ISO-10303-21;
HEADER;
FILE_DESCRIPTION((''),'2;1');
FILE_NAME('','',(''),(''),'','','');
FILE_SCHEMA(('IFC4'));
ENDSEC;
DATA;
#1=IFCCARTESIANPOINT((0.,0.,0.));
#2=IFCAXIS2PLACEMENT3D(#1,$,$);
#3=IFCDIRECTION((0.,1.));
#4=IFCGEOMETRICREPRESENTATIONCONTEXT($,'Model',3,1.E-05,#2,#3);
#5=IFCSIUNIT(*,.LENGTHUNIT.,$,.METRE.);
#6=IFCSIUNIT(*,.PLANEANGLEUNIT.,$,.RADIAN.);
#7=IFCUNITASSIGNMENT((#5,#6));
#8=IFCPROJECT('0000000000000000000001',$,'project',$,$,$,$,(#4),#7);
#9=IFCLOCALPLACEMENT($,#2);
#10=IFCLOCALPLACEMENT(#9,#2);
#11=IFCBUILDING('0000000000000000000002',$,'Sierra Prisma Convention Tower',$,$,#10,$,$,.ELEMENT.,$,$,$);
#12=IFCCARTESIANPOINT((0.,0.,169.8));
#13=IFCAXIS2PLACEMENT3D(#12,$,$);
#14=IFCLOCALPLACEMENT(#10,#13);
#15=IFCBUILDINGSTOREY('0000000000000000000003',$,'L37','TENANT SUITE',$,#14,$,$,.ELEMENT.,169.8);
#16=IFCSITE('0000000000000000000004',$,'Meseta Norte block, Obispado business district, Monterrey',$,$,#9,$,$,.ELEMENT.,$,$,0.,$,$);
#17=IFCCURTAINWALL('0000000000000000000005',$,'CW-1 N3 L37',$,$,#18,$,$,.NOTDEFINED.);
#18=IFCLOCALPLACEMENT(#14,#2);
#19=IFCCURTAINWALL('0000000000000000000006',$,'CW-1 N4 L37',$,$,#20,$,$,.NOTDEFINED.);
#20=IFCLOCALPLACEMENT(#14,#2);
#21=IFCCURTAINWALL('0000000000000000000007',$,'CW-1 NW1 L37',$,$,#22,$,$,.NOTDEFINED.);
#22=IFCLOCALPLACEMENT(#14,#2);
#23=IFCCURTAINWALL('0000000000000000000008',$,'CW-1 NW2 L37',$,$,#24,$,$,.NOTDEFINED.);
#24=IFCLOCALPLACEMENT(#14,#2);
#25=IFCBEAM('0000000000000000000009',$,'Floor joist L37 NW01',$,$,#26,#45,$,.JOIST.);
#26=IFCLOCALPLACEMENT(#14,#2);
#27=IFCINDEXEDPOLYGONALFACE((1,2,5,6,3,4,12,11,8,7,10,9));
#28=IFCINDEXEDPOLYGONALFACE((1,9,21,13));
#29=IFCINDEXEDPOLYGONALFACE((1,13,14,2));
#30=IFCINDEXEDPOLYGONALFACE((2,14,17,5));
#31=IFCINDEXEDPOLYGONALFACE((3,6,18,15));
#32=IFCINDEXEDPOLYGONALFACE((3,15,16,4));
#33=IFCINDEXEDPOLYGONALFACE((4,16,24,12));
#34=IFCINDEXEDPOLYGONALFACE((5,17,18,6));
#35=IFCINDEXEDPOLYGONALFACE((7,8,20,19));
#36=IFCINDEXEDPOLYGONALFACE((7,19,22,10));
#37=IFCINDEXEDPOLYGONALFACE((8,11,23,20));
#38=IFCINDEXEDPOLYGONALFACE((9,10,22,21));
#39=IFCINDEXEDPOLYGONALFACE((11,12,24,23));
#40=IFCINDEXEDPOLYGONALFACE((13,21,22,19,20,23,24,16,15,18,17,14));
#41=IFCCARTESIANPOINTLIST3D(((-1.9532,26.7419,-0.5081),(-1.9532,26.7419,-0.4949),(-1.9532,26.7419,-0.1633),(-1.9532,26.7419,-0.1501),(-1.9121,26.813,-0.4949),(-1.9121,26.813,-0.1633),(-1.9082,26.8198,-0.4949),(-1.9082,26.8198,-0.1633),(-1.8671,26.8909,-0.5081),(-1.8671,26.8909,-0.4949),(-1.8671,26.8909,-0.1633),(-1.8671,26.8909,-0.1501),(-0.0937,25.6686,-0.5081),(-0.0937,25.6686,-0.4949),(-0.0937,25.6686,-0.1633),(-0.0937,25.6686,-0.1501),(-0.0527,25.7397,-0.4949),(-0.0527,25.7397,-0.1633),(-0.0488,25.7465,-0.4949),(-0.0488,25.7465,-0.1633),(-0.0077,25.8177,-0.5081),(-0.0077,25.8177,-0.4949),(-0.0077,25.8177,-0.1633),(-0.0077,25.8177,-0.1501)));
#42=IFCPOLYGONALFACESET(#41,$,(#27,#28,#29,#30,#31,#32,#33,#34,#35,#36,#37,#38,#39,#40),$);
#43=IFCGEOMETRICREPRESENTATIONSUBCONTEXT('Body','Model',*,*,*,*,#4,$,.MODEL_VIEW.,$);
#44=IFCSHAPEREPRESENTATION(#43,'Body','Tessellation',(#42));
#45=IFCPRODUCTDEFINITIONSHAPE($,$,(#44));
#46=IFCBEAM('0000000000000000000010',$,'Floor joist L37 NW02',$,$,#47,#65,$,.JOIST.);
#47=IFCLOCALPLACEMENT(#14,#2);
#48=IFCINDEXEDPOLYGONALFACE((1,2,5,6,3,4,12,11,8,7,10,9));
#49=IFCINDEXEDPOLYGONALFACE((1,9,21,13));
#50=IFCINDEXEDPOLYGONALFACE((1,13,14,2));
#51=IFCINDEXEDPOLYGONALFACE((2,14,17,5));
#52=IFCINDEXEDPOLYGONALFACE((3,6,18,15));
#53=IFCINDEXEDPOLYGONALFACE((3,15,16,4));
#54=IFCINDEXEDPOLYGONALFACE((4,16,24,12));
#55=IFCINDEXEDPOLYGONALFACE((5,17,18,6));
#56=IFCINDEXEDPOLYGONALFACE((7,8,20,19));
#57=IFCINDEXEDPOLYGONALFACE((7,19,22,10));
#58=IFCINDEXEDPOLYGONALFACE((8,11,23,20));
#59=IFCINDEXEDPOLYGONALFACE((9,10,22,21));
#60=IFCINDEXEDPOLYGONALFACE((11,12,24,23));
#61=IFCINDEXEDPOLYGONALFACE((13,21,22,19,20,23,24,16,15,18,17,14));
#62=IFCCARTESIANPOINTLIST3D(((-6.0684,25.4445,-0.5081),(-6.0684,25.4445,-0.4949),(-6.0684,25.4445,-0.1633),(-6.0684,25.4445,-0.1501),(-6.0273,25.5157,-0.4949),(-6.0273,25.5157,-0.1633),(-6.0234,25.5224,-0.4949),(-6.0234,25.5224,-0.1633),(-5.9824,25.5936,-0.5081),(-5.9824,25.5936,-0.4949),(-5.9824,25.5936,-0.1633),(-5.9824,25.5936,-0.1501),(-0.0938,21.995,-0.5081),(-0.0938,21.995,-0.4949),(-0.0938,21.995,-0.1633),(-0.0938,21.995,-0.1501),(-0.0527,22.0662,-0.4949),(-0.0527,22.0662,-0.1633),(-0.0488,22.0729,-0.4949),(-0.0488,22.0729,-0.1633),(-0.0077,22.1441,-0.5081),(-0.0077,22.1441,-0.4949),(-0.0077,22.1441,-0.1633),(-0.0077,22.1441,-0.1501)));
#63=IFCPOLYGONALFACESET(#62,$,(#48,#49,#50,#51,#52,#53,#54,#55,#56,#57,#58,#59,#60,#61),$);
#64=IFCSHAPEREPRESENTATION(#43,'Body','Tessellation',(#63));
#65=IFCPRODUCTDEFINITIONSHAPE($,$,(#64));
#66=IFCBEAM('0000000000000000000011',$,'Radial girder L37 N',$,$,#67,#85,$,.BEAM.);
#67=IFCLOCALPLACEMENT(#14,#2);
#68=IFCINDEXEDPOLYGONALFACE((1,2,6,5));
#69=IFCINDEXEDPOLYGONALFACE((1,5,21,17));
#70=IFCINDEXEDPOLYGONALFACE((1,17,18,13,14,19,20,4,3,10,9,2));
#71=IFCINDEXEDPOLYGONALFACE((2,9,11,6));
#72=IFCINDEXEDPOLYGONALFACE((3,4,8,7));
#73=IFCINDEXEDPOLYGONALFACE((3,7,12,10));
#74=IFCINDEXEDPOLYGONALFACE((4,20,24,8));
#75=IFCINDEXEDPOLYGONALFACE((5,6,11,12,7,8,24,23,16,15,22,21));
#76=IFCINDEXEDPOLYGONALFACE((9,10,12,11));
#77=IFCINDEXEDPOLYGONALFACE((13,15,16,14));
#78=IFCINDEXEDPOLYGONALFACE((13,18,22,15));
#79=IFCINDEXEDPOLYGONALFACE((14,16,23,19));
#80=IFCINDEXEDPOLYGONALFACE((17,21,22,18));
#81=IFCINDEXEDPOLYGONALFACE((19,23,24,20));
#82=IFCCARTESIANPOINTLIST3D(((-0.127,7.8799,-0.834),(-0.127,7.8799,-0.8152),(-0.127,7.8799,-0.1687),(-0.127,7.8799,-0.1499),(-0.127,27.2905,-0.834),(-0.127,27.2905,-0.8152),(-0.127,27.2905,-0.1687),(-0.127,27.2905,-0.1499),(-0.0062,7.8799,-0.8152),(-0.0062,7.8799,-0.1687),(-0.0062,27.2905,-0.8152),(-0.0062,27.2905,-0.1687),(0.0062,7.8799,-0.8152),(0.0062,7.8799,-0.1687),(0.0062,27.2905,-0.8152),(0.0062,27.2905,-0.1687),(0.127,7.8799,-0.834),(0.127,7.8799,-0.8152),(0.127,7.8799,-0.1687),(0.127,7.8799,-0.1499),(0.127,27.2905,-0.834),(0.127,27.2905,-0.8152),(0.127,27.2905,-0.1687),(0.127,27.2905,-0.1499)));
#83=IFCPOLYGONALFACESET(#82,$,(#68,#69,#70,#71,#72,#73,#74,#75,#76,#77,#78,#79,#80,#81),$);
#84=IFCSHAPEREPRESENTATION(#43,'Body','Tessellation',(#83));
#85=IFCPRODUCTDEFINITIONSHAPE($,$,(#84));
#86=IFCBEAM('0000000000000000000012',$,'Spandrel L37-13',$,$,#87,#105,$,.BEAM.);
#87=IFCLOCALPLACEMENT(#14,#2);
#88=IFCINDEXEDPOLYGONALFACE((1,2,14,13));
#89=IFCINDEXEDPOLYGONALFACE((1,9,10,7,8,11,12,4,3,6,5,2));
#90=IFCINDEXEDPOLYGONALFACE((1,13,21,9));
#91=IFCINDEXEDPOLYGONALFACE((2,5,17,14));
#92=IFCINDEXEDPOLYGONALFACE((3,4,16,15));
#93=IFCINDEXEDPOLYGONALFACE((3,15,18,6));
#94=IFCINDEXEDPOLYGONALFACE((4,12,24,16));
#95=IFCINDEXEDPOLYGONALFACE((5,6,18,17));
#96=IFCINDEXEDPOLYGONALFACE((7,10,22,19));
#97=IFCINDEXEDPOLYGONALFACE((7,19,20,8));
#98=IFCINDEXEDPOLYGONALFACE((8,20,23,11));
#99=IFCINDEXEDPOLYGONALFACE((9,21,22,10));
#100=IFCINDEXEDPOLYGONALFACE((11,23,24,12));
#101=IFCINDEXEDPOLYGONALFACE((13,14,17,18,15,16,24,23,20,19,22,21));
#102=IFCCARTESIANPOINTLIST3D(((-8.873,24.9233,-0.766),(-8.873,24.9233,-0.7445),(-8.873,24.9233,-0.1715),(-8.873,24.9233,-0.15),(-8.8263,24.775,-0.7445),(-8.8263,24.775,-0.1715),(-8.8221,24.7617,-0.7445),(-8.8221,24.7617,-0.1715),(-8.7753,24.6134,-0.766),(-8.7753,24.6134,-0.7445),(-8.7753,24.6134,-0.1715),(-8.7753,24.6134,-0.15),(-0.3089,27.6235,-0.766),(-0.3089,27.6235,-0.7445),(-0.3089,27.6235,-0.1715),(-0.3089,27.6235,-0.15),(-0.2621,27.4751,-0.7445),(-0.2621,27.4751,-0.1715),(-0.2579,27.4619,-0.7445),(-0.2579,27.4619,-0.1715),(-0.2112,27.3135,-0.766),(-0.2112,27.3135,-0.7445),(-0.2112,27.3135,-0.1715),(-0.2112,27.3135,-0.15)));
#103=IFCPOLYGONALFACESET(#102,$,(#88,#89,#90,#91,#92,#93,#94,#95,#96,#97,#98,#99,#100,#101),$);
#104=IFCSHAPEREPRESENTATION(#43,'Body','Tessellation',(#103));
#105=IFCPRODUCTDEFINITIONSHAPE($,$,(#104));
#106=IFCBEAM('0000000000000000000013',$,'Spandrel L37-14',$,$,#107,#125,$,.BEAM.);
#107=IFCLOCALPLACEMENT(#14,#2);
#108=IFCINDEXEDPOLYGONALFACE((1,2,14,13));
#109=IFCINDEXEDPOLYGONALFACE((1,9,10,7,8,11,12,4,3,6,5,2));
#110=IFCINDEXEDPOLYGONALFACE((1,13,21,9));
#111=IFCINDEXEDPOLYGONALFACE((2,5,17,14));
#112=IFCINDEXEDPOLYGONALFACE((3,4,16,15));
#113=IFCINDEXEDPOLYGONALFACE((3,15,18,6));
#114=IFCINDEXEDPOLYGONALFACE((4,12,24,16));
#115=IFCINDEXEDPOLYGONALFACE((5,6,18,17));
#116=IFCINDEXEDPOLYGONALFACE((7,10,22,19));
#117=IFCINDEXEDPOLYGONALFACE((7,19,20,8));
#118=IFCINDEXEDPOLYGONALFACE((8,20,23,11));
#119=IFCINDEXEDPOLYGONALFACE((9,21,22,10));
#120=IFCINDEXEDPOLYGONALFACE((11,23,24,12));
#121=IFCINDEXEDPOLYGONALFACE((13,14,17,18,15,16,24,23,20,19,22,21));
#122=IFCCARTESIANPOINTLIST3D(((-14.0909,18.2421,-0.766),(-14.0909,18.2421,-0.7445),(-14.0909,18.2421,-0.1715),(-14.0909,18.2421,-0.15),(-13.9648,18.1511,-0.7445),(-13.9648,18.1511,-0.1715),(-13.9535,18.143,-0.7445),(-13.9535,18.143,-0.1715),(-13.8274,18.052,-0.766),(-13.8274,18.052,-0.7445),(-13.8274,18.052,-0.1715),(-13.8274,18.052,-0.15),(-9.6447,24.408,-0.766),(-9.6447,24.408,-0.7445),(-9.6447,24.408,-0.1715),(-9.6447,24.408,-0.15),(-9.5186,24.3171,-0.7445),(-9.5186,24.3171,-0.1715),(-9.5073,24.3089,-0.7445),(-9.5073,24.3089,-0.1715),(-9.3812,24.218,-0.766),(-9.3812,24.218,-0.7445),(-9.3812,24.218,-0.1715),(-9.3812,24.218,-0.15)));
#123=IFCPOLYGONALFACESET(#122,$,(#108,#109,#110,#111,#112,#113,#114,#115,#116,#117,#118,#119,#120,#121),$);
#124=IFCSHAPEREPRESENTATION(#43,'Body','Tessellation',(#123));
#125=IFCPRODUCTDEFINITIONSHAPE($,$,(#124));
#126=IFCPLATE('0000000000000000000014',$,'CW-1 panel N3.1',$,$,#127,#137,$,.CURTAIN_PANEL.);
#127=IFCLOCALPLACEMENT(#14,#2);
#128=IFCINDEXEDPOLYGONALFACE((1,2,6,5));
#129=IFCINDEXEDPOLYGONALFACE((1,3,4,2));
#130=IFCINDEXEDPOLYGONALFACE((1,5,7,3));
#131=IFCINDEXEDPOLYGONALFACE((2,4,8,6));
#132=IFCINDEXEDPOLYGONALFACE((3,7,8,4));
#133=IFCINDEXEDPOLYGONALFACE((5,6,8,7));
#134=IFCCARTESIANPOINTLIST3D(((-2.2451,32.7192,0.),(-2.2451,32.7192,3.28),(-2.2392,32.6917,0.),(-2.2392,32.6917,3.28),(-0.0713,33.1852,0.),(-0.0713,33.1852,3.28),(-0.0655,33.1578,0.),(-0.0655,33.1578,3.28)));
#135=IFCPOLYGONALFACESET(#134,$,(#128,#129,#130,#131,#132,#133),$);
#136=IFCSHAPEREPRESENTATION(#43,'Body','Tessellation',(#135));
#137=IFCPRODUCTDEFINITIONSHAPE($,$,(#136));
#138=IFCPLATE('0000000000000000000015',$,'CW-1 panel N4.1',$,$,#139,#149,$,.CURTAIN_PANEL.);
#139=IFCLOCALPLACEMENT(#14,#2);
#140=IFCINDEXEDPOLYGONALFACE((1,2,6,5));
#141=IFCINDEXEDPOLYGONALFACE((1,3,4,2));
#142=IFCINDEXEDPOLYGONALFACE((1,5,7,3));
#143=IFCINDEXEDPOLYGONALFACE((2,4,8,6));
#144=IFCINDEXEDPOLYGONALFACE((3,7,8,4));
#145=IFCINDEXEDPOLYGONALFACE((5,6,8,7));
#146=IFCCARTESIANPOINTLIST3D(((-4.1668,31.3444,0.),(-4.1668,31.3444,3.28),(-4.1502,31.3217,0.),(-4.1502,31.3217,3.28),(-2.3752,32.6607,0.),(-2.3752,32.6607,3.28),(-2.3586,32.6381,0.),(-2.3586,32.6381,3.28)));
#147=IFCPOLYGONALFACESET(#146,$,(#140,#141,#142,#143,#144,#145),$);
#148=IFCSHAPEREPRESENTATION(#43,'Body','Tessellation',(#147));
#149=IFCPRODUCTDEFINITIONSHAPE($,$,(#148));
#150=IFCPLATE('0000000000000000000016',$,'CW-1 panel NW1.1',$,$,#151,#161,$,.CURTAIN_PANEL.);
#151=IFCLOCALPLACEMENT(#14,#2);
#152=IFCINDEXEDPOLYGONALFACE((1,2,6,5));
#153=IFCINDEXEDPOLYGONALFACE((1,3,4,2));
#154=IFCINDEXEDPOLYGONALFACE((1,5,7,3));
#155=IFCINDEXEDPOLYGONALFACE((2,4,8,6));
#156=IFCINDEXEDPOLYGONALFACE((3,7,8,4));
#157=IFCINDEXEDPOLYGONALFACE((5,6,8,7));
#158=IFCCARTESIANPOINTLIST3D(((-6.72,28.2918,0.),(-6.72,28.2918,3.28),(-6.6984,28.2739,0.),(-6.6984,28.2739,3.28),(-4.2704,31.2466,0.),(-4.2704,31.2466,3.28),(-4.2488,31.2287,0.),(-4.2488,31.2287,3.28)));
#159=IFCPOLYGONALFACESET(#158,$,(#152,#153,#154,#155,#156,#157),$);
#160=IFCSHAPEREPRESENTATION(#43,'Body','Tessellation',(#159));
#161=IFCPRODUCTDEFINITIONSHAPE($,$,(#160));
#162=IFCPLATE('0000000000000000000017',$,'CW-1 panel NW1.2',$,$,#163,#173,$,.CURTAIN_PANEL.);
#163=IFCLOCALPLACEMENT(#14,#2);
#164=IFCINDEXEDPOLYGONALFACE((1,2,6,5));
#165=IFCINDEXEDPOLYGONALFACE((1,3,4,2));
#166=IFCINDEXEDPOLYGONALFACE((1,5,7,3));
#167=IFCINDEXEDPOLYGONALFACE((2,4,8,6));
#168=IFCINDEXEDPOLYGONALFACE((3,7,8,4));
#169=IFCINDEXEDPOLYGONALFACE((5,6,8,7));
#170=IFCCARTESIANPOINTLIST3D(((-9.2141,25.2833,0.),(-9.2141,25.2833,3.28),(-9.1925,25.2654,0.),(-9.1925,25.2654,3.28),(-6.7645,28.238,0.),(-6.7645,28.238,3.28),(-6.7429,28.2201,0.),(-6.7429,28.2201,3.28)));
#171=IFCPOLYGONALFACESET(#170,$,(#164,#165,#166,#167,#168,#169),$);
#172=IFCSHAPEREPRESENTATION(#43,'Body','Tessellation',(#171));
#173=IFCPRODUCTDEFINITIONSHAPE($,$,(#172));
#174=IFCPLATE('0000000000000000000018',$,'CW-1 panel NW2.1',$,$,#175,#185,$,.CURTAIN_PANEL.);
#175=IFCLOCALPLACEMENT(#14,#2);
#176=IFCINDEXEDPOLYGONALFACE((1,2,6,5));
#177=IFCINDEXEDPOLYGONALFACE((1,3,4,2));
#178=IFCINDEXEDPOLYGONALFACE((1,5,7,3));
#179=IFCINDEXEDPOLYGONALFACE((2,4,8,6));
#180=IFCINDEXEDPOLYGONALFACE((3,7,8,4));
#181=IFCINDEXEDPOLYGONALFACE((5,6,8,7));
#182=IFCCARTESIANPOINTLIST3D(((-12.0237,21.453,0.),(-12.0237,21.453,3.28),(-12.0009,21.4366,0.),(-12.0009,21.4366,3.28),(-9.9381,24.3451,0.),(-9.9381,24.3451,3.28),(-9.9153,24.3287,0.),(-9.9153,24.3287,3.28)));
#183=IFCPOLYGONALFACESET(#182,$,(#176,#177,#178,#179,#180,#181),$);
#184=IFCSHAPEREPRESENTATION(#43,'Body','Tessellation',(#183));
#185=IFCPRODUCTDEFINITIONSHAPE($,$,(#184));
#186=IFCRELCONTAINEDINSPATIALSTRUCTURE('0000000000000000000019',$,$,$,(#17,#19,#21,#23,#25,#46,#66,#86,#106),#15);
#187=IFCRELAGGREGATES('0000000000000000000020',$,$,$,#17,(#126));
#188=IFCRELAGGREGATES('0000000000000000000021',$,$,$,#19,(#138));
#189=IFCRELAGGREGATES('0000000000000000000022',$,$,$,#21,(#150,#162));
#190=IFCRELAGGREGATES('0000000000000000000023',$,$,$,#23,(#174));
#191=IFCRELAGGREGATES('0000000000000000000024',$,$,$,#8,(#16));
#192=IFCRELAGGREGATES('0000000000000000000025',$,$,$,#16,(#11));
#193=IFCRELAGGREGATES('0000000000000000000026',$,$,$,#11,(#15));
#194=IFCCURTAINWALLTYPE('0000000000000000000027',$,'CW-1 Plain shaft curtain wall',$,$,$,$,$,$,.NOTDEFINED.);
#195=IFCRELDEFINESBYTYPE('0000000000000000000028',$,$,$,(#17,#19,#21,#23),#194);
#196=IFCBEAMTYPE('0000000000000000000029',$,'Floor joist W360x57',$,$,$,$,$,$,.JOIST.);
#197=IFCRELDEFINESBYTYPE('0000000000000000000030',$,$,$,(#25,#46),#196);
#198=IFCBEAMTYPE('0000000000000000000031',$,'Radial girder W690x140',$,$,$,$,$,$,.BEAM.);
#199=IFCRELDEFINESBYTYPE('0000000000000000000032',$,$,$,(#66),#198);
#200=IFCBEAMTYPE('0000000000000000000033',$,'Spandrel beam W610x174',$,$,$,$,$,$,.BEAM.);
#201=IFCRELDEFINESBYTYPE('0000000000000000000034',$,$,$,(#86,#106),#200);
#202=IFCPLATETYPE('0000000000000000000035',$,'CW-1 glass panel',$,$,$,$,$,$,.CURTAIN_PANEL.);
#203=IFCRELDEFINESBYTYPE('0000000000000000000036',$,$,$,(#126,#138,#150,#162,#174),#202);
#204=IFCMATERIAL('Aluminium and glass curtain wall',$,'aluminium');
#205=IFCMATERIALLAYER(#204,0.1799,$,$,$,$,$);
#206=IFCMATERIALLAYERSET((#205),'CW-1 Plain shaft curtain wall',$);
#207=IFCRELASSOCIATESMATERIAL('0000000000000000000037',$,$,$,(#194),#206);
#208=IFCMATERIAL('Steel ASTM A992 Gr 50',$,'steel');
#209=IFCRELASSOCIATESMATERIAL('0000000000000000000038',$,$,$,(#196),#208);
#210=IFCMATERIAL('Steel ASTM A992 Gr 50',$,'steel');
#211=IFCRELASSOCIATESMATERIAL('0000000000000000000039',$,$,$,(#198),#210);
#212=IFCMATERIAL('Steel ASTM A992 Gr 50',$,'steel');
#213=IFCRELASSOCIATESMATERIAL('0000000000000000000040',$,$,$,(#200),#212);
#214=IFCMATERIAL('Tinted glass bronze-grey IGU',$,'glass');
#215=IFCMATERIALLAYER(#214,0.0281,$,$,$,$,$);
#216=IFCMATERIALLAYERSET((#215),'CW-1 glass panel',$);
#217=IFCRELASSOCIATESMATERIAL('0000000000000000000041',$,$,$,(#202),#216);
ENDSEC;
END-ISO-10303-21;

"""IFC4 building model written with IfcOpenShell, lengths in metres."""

from ifc_helpers import new_model, si_unit, direction, frame, origin, origin_2d, place, context, subcontext, project, spatial, rectangle, i_section, extrude, material, layer, layer_set, material_profile, profile_set, type_object, element, aggregate, save


model = new_model("IFC4")

# Units and contexts
model_context = context("Model", 3, precision=1e-05, world=origin(), true_north=direction((0.0, 1.0)))
body_context = subcontext(model_context, "Body", "Model", "MODEL_VIEW")
ifc_project = project(units=[si_unit("LENGTHUNIT", "METRE"), si_unit("PLANEANGLEUNIT", "RADIAN")], contexts=[model_context])

# Site, building, storey
site_placement = place(None, origin())
site = spatial("IfcSite", under=ifc_project, at=site_placement, Name="Meseta Norte block, Obispado business district, Monterrey", CompositionType="ELEMENT", RefElevation=0.0)
building_placement = place(site_placement, origin())
building = spatial("IfcBuilding", under=site, at=building_placement, Name="Sierra Prisma Convention Tower", CompositionType="ELEMENT")
storey_placement = place(building_placement, frame((0.0, 0.0, 169.8)))
storey = spatial("IfcBuildingStorey", under=building, at=storey_placement, Name="L37", Description="TENANT SUITE", CompositionType="ELEMENT", Elevation=169.8)

# Curtain walls
ifc_material_1 = material(Name="Aluminium and glass curtain wall", Category="aluminium")
ifc_layer_1 = layer(ifc_material_1, 0.1799)
ifc_layer_set_1 = layer_set([ifc_layer_1], Name="CW-1 Plain shaft curtain wall")
curtain_wall_type = type_object("IfcCurtainWallType", Name="CW-1 Plain shaft curtain wall", PredefinedType="NOTDEFINED", material=ifc_layer_set_1)
curtain_wall_1_placement = place(storey_placement, origin())
curtain_wall_1 = element("IfcCurtainWall", 1, at=curtain_wall_1_placement, inside=storey, type_object=curtain_wall_type, Name="CW-1 N3 L37", PredefinedType="NOTDEFINED")
curtain_wall_2_placement = place(storey_placement, origin())
curtain_wall_2 = element("IfcCurtainWall", 2, at=curtain_wall_2_placement, inside=storey, type_object=curtain_wall_type, Name="CW-1 N4 L37", PredefinedType="NOTDEFINED")

# Curtain walls
curtain_wall_3_placement = place(storey_placement, origin())
curtain_wall_3 = element("IfcCurtainWall", 3, at=curtain_wall_3_placement, inside=storey, type_object=curtain_wall_type, Name="CW-1 NW1 L37", PredefinedType="NOTDEFINED")
curtain_wall_4_placement = place(storey_placement, origin())
curtain_wall_4 = element("IfcCurtainWall", 4, at=curtain_wall_4_placement, inside=storey, type_object=curtain_wall_type, Name="CW-1 NW2 L37", PredefinedType="NOTDEFINED")

# Beams
ifc_material_2 = material(Name="Steel ASTM A992 Gr 50", Category="steel")
ifc_material_profile_1 = material_profile(ifc_material_2, i_section(OverallWidth=0.1721, OverallDepth=0.3579, WebThickness=0.0078, FlangeThickness=0.0132, at=origin_2d()), Name="W360x57")
ifc_profile_set_1 = profile_set([ifc_material_profile_1], Name="Steel ASTM A992 Gr 50")
beam_type_1 = type_object("IfcBeamType", Name="Floor joist W360x57", PredefinedType="JOIST", material=ifc_profile_set_1)
beam_1_placement = place(storey_placement, frame((-1.9102, 26.8164, -0.3291), z_axis=(0.86608, -0.499906, 0.0), x_axis=(0.499906, 0.86608, 0.0)))
element("IfcBeam", 5, at=beam_1_placement, inside=storey, type_object=beam_type_1, Name="Floor joist L37 NW01", PredefinedType="JOIST", context=body_context, shape_type="SweptSolid", body=[
    extrude(i_section(OverallWidth=0.1721, OverallDepth=0.3579, WebThickness=0.0078, FlangeThickness=0.0132, at=origin_2d()), origin(), (0.0, 0.0, 1.0), 2.147),
])
beam_2_placement = place(storey_placement, frame((-6.0254, 25.519, -0.3291), z_axis=(0.866024, -0.500002, 0.0), x_axis=(0.500002, 0.866024, 0.0)))
element("IfcBeam", 6, at=beam_2_placement, inside=storey, type_object=beam_type_1, Name="Floor joist L37 NW02", PredefinedType="JOIST", context=body_context, shape_type="SweptSolid", body=[
    extrude(i_section(OverallWidth=0.1721, OverallDepth=0.3579, WebThickness=0.0078, FlangeThickness=0.0132, at=origin_2d()), origin(), (0.0, 0.0, 1.0), 6.8989),
])
ifc_material_3 = material(Name="Steel ASTM A992 Gr 50", Category="steel")
ifc_material_profile_2 = material_profile(ifc_material_3, i_section(OverallWidth=0.2539, OverallDepth=0.6841, WebThickness=0.0125, FlangeThickness=0.0188, at=origin_2d()), Name="W690x140")
ifc_profile_set_2 = profile_set([ifc_material_profile_2], Name="Steel ASTM A992 Gr 50")
beam_type_2 = type_object("IfcBeamType", Name="Radial girder W690x140", PredefinedType="BEAM", material=ifc_profile_set_2)
beam_3_placement = place(storey_placement, frame((0.0, 27.2905, -0.4919), z_axis=(0.0, -1.0, 0.0), x_axis=(1.0, 0.0, 0.0)))
element("IfcBeam", 7, at=beam_3_placement, inside=storey, type_object=beam_type_2, Name="Radial girder L37 N", PredefinedType="BEAM", context=body_context, shape_type="SweptSolid", body=[
    extrude(i_section(OverallWidth=0.2539, OverallDepth=0.6841, WebThickness=0.0125, FlangeThickness=0.0188, at=origin_2d()), origin(), (0.0, 0.0, 1.0), 19.4106),
])
ifc_material_4 = material(Name="Steel ASTM A992 Gr 50", Category="steel")
ifc_material_profile_3 = material_profile(ifc_material_4, i_section(OverallWidth=0.325, OverallDepth=0.616, WebThickness=0.0139, FlangeThickness=0.0215, at=origin_2d()), Name="W610x174")
ifc_profile_set_3 = profile_set([ifc_material_profile_3], Name="Steel ASTM A992 Gr 50")
beam_type_3 = type_object("IfcBeamType", Name="Spandrel beam W610x174", PredefinedType="BEAM", material=ifc_profile_set_3)
beam_4_placement = place(storey_placement, frame((-0.26, 27.4685, -0.458), z_axis=(-0.95372, -0.300697, 0.0), x_axis=(0.300697, -0.95372, 0.0)))
element("IfcBeam", 8, at=beam_4_placement, inside=storey, type_object=beam_type_3, Name="Spandrel L37-13", PredefinedType="BEAM", context=body_context, shape_type="SweptSolid", body=[
    extrude(i_section(OverallWidth=0.325, OverallDepth=0.616, WebThickness=0.0139, FlangeThickness=0.0215, at=origin_2d()), origin(), (0.0, 0.0, 1.0), 8.9797),
])
beam_5_placement = place(storey_placement, frame((-9.5129, 24.313, -0.458), z_axis=(-0.58489, -0.811113, 0.0), x_axis=(0.811113, -0.58489, 0.0)))
element("IfcBeam", 9, at=beam_5_placement, inside=storey, type_object=beam_type_3, Name="Spandrel L37-14", PredefinedType="BEAM", context=body_context, shape_type="SweptSolid", body=[
    extrude(i_section(OverallWidth=0.325, OverallDepth=0.616, WebThickness=0.0139, FlangeThickness=0.0215, at=origin_2d()), origin(), (0.0, 0.0, 1.0), 7.6018),
])

# Plates
ifc_material_5 = material(Name="Tinted glass bronze-grey IGU", Category="glass")
ifc_layer_2 = layer(ifc_material_5, 0.0281)
ifc_layer_set_2 = layer_set([ifc_layer_2], Name="CW-1 glass panel")
plate_type = type_object("IfcPlateType", Name="CW-1 glass panel", PredefinedType="CURTAIN_PANEL", material=ifc_layer_set_2)
plate_1_placement = place(storey_placement, frame((-1.1553, 32.9385, 0.0), z_axis=(0.0, 0.0, 1.0), x_axis=(-0.977776, -0.209652, 0.0)))
plate_1 = element("IfcPlate", 10, at=plate_1_placement, type_object=plate_type, Name="CW-1 panel N3.1", PredefinedType="CURTAIN_PANEL", context=body_context, shape_type="SweptSolid", body=[
    extrude(rectangle(XDim=2.2231, YDim=0.0281, at=origin_2d()), origin(), (0.0, 0.0, 1.0), 3.28),
])
aggregate(curtain_wall_1, [plate_1])
plate_2_placement = place(storey_placement, frame((-3.2627, 31.9912, 0.0), z_axis=(0.0, 0.0, 1.0), x_axis=(-0.805868, -0.592095, 0.0)))
plate_2 = element("IfcPlate", 11, at=plate_2_placement, type_object=plate_type, Name="CW-1 panel N4.1", PredefinedType="CURTAIN_PANEL", context=body_context, shape_type="SweptSolid", body=[
    extrude(rectangle(XDim=2.2231, YDim=0.0281, at=origin_2d()), origin(), (0.0, 0.0, 1.0), 3.28),
])
aggregate(curtain_wall_2, [plate_2])
plate_3_placement = place(storey_placement, frame((-5.4844, 29.7603, 0.0), z_axis=(0.0, 0.0, 1.0), x_axis=(-0.638234, -0.769843, 0.0)))
plate_3 = element("IfcPlate", 12, at=plate_3_placement, type_object=plate_type, Name="CW-1 panel NW1.1", PredefinedType="CURTAIN_PANEL", context=body_context, shape_type="SweptSolid", body=[
    extrude(rectangle(XDim=3.8381, YDim=0.0281, at=origin_2d()), origin(), (0.0, 0.0, 1.0), 3.28),
])
plate_4_placement = place(storey_placement, frame((-7.9785, 26.7517, 0.0), z_axis=(0.0, 0.0, 1.0), x_axis=(-0.638234, -0.769843, 0.0)))
plate_4 = element("IfcPlate", 13, at=plate_4_placement, type_object=plate_type, Name="CW-1 panel NW1.2", PredefinedType="CURTAIN_PANEL", context=body_context, shape_type="SweptSolid", body=[
    extrude(rectangle(XDim=3.8381, YDim=0.0281, at=origin_2d()), origin(), (0.0, 0.0, 1.0), 3.28),
])
aggregate(curtain_wall_3, [plate_3, plate_4])
plate_5_placement = place(storey_placement, frame((-10.9695, 22.8909, 0.0), z_axis=(0.0, 0.0, 1.0), x_axis=(-0.584903, -0.811103, 0.0)))
plate_5 = element("IfcPlate", 14, at=plate_5_placement, type_object=plate_type, Name="CW-1 panel NW2.1", PredefinedType="CURTAIN_PANEL", context=body_context, shape_type="SweptSolid", body=[
    extrude(rectangle(XDim=3.5657, YDim=0.0281, at=origin_2d()), origin(), (0.0, 0.0, 1.0), 3.28),
])
aggregate(curtain_wall_4, [plate_5])

save(model, "model.ifc")
